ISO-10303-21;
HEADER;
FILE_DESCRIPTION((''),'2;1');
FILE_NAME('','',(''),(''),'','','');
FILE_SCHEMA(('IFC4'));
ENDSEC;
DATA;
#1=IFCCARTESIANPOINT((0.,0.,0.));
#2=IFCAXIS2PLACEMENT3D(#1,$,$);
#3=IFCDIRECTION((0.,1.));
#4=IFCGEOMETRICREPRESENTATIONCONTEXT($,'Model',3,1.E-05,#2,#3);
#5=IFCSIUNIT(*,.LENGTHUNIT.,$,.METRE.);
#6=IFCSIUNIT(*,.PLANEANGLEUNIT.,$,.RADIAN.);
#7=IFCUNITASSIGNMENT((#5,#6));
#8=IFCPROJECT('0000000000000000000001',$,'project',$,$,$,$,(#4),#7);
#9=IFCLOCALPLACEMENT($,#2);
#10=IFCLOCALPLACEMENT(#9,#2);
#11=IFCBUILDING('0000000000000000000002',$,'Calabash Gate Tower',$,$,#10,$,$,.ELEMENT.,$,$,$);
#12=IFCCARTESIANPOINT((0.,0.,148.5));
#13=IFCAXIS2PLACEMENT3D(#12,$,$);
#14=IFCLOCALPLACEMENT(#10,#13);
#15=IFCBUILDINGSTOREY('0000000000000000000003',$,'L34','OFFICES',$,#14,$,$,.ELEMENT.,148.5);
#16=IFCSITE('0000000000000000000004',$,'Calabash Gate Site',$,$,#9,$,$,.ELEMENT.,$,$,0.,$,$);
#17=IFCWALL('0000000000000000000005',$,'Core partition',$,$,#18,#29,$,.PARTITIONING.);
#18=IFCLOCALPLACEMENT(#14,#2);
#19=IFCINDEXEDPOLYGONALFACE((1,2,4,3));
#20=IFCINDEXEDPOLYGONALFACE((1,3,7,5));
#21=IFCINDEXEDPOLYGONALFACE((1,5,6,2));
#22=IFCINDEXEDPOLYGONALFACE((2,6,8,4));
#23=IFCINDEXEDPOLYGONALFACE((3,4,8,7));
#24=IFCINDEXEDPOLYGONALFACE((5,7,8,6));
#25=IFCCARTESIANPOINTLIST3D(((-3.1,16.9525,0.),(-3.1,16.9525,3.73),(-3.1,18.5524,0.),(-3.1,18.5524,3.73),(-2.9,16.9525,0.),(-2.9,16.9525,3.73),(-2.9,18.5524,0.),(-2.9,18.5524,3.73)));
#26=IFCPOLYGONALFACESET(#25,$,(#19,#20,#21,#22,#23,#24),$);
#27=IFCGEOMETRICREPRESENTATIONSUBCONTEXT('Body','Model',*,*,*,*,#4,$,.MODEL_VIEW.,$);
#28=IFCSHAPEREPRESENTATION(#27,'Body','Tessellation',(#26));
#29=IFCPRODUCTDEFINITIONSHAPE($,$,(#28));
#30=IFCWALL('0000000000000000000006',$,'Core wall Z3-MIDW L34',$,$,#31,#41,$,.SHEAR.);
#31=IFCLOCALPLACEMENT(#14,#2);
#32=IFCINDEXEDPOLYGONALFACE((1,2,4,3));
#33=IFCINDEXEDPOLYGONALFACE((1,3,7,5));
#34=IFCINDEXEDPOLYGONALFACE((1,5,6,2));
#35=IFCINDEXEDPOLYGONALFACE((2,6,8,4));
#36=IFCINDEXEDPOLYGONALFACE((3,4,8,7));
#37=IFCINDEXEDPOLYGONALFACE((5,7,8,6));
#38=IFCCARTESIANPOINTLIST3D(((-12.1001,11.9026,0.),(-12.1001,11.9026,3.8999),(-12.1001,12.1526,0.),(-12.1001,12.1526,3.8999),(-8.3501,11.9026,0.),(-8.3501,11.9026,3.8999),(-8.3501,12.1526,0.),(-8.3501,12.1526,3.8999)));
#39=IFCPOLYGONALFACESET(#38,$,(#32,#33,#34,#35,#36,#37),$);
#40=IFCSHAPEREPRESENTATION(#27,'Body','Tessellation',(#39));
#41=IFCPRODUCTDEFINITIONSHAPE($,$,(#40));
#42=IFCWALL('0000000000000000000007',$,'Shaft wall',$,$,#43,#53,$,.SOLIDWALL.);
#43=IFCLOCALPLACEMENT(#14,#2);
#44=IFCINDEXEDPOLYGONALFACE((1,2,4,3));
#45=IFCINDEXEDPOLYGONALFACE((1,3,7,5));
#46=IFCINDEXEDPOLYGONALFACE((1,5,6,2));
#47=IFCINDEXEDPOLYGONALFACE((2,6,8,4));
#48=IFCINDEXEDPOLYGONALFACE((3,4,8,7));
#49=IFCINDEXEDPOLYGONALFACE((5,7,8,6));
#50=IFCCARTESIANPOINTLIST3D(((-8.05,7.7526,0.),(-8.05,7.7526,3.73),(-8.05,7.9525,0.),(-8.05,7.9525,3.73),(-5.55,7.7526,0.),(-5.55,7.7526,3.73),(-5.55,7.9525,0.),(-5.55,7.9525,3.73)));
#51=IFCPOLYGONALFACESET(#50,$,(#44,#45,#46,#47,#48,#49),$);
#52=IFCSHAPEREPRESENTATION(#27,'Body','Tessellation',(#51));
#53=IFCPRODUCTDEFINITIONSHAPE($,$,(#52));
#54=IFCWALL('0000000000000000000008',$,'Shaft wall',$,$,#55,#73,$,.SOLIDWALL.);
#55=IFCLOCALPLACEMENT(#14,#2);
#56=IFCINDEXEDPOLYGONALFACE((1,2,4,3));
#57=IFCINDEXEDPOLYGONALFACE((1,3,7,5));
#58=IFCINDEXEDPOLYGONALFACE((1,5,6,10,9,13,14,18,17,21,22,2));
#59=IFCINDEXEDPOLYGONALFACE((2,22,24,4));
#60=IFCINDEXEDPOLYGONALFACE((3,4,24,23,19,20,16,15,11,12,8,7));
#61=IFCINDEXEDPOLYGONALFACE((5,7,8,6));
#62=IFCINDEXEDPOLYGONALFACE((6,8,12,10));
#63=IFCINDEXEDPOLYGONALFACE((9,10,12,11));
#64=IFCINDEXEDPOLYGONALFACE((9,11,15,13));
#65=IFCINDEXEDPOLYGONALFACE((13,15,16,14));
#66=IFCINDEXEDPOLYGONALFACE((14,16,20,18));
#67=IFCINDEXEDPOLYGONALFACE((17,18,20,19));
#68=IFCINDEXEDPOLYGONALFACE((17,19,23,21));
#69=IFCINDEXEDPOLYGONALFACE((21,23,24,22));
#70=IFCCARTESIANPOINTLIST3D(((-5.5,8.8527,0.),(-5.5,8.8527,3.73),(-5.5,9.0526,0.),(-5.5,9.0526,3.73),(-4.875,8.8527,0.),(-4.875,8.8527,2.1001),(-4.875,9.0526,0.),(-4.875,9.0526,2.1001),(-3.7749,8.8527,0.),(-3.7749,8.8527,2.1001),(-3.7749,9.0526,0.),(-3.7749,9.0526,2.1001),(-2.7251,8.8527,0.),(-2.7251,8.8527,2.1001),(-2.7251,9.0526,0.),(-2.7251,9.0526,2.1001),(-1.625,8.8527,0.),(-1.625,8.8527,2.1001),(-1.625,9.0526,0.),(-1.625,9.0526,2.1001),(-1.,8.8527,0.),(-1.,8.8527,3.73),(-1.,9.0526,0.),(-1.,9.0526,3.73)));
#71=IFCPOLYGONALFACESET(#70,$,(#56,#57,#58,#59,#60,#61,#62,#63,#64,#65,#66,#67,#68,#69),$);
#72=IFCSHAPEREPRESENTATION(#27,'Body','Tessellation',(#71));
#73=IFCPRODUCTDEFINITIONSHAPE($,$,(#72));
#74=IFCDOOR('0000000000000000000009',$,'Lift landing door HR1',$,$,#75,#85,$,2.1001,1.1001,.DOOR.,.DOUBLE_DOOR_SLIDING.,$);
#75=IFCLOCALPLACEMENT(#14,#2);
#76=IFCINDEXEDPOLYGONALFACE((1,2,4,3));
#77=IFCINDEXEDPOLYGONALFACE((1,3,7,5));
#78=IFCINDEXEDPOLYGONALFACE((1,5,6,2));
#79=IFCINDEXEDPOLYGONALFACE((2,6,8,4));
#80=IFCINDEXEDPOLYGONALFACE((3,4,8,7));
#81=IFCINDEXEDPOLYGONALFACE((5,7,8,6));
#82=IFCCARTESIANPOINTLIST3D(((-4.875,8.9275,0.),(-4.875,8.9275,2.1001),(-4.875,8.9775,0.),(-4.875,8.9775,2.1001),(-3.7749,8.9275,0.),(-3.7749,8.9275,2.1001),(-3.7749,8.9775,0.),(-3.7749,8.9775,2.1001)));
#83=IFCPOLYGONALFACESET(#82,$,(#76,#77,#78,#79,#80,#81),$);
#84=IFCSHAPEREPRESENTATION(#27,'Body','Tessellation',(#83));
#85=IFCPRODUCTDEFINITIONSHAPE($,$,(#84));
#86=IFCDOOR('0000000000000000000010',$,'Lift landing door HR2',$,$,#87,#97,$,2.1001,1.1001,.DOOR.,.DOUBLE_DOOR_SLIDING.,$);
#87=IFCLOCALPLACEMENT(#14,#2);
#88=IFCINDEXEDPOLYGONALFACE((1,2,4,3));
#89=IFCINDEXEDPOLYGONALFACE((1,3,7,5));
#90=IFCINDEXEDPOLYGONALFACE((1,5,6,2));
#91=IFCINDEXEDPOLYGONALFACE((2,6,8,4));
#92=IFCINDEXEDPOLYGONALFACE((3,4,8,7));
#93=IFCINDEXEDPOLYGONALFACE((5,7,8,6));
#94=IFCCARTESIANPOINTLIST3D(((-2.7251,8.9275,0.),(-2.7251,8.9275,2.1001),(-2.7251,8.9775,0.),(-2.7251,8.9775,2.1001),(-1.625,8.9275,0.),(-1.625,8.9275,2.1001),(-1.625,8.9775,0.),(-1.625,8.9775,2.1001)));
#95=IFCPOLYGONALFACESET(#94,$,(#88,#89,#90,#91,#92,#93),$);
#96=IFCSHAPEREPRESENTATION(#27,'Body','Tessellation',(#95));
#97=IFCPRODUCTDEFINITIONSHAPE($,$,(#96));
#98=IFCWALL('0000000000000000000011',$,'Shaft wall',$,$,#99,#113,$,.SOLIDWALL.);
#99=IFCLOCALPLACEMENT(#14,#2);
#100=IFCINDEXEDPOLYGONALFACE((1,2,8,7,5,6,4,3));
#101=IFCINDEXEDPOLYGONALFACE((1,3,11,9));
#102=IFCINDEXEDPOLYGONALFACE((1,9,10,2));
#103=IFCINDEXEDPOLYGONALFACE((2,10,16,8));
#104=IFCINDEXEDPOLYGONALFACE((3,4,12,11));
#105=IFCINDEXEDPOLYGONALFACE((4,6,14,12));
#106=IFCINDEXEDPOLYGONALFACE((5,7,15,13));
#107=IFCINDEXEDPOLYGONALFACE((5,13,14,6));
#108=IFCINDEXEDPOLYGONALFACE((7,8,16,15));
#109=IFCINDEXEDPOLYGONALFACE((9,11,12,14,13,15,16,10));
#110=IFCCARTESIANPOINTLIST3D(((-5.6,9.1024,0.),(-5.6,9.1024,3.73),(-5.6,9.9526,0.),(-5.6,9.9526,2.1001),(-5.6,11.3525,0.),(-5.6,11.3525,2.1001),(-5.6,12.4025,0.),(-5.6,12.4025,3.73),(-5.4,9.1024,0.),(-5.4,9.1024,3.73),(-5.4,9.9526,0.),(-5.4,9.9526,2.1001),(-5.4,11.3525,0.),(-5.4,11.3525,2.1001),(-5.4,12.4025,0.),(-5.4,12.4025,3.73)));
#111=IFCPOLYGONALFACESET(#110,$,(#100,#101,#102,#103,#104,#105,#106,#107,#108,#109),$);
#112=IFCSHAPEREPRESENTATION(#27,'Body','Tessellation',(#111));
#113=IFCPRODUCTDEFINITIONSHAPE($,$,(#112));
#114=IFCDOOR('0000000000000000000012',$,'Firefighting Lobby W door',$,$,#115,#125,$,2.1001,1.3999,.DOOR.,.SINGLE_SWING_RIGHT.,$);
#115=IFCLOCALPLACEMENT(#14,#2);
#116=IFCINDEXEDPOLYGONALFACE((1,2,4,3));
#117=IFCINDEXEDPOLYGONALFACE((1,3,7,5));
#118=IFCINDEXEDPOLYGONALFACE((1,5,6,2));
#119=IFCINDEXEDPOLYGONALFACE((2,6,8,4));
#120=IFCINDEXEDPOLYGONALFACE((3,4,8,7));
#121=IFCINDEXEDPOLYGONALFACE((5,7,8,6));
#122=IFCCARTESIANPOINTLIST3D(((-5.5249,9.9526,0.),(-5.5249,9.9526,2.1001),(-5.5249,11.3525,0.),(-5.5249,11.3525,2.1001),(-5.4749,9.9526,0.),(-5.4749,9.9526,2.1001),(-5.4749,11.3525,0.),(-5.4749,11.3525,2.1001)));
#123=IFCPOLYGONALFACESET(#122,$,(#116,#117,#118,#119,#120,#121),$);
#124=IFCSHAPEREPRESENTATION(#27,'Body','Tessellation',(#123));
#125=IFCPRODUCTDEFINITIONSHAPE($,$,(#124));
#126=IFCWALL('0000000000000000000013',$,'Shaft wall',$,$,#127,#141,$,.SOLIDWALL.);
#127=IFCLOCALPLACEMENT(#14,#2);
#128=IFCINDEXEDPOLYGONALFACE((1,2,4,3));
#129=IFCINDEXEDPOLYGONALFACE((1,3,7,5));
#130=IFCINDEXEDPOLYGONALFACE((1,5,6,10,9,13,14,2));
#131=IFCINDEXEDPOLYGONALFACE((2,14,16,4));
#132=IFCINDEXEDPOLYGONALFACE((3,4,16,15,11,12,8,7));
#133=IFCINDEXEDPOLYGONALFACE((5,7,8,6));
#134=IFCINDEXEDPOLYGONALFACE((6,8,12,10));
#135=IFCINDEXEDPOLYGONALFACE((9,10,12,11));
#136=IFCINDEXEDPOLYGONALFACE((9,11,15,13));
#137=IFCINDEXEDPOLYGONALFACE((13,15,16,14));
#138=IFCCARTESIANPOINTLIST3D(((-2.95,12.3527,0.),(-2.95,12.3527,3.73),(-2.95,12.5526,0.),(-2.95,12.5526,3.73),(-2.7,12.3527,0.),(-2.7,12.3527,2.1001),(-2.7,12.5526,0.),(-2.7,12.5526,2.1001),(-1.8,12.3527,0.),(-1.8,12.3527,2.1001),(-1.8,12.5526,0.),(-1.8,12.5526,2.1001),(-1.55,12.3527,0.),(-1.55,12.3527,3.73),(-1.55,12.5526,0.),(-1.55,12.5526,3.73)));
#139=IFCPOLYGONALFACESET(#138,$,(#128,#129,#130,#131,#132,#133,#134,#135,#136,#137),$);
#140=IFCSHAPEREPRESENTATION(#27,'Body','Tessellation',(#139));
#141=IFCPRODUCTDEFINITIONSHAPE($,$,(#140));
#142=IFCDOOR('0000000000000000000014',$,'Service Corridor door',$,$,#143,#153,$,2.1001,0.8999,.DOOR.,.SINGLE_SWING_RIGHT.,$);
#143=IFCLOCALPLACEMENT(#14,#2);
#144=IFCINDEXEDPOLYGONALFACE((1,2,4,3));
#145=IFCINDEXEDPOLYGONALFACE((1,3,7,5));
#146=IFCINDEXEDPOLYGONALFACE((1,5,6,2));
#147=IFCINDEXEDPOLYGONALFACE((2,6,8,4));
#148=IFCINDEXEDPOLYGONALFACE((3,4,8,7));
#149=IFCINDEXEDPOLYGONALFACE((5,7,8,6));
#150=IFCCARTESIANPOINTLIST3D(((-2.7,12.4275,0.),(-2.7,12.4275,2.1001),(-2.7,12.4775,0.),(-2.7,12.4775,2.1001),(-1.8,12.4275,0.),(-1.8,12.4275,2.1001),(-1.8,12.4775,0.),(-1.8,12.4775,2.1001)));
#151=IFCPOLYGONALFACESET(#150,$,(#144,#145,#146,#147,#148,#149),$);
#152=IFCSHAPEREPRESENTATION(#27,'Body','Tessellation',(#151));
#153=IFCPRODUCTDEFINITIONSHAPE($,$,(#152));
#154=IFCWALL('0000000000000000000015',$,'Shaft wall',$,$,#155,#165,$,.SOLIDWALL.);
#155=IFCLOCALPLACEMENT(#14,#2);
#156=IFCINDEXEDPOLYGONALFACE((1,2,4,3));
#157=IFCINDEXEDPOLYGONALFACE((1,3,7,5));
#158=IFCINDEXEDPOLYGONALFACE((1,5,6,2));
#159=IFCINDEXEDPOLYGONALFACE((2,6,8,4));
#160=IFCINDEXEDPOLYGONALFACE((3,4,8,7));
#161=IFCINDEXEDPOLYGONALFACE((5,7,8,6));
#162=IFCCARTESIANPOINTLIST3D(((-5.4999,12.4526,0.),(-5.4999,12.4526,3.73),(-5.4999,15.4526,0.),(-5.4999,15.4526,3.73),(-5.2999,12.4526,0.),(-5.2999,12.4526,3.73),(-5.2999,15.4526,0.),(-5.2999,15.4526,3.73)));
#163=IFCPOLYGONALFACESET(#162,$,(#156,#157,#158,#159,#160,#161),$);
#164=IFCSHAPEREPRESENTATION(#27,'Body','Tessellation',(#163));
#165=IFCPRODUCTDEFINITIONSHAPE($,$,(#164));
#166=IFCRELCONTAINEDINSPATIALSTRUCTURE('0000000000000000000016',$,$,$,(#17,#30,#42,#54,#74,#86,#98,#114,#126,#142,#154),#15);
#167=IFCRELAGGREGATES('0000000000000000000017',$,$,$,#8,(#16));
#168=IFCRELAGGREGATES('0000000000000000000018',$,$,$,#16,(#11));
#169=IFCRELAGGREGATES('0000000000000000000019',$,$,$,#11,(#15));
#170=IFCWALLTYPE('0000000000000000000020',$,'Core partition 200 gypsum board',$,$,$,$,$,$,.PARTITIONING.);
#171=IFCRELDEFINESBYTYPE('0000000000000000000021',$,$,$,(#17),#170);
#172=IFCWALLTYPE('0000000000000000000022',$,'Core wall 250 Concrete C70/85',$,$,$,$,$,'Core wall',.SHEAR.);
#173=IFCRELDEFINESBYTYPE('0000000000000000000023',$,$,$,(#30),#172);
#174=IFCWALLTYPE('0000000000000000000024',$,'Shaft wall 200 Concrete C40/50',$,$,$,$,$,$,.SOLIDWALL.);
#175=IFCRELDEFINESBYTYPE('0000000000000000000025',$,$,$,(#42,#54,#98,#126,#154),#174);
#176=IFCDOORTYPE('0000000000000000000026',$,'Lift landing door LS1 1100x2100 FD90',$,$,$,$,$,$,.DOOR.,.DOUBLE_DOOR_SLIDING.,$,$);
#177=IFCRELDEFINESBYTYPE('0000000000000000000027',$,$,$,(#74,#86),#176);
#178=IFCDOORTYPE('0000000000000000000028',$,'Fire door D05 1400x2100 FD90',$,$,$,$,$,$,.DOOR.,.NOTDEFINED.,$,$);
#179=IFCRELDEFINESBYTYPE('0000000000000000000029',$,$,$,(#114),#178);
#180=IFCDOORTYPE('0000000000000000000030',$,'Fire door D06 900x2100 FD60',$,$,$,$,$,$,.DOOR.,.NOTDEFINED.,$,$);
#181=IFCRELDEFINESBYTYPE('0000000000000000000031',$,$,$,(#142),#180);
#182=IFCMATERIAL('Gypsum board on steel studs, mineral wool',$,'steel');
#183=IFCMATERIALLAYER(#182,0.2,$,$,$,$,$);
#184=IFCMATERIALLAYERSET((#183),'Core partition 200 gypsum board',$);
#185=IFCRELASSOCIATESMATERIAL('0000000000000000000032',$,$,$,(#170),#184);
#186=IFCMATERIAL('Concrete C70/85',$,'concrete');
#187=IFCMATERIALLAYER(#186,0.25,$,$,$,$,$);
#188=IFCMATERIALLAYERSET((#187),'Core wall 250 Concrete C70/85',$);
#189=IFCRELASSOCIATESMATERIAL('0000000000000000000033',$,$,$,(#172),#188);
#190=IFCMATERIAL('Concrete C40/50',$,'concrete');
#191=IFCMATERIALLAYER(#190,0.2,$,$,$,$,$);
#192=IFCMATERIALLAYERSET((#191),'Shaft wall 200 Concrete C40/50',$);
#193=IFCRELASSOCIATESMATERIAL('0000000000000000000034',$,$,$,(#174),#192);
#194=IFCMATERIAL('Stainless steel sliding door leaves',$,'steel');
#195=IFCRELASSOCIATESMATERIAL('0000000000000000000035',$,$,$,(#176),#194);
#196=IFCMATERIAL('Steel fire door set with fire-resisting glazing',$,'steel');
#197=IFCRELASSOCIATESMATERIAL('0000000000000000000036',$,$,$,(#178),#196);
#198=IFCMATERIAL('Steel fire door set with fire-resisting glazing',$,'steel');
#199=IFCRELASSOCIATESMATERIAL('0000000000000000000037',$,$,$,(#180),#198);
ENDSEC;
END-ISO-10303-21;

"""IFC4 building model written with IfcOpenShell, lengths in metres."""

from ifc_helpers import new_model, si_unit, direction, frame, frame_2d, origin, place, context, subcontext, project, spatial, rectangle, extrude, material, layer, layer_set, type_object, element, fill, save


model = new_model("IFC4")

# Units and contexts
model_context = context("Model", 3, precision=1e-05, world=origin(), true_north=direction((0.0, 1.0)))
body_context = subcontext(model_context, "Body", "Model", "MODEL_VIEW")
ifc_project = project(units=[si_unit("LENGTHUNIT", "METRE"), si_unit("PLANEANGLEUNIT", "RADIAN")], contexts=[model_context])

# Site, building, storey
site_placement = place(None, origin())
site = spatial("IfcSite", under=ifc_project, at=site_placement, Name="Calabash Gate Site", CompositionType="ELEMENT", RefElevation=0.0)
building_placement = place(site_placement, origin())
building = spatial("IfcBuilding", under=site, at=building_placement, Name="Calabash Gate Tower", CompositionType="ELEMENT")
storey_placement = place(building_placement, frame((0.0, 0.0, 148.5)))
storey = spatial("IfcBuildingStorey", under=building, at=storey_placement, Name="L34", Description="OFFICES", CompositionType="ELEMENT", Elevation=148.5)

# Walls
ifc_material_1 = material(Name="Gypsum board on steel studs, mineral wool", Category="steel")
ifc_layer_1 = layer(ifc_material_1, 0.2)
ifc_layer_set_1 = layer_set([ifc_layer_1], Name="Core partition 200 gypsum board")
wall_type_1 = type_object("IfcWallType", Name="Core partition 200 gypsum board", PredefinedType="PARTITIONING", material=ifc_layer_set_1)
wall_1_placement = place(storey_placement, frame((-3.0, 16.9526, 0.0), z_axis=(0.0, 0.0, 1.0), x_axis=(0.0, 1.0, 0.0)))
element("IfcWall", 1, at=wall_1_placement, inside=storey, type_object=wall_type_1, Name="Core partition", PredefinedType="PARTITIONING", context=body_context, shape_type="SweptSolid", body=[
    extrude(rectangle(XDim=1.5999, YDim=0.2, at=frame_2d((0.7998, 0.0))), origin(), (0.0, 0.0, 1.0), 3.73),
])
ifc_material_2 = material(Name="Concrete C70/85", Category="concrete")
ifc_layer_2 = layer(ifc_material_2, 0.25)
ifc_layer_set_2 = layer_set([ifc_layer_2], Name="Core wall 250 Concrete C70/85")
wall_type_2 = type_object("IfcWallType", Name="Core wall 250 Concrete C70/85", ElementType="Core wall", PredefinedType="SHEAR", material=ifc_layer_set_2)
wall_2_placement = place(storey_placement, frame((-12.1001, 12.0276, 0.0), z_axis=(0.0, 0.0, 1.0), x_axis=(1.0, 0.0, 0.0)))
element("IfcWall", 2, at=wall_2_placement, inside=storey, type_object=wall_type_2, Name="Core wall Z3-MIDW L34", PredefinedType="SHEAR", context=body_context, shape_type="SweptSolid", body=[
    extrude(rectangle(XDim=3.75, YDim=0.25, at=frame_2d((1.875, 0.0))), origin(), (0.0, 0.0, 1.0), 3.8999),
])
ifc_material_3 = material(Name="Concrete C40/50", Category="concrete")
ifc_layer_3 = layer(ifc_material_3, 0.2)
ifc_layer_set_3 = layer_set([ifc_layer_3], Name="Shaft wall 200 Concrete C40/50")
wall_type_3 = type_object("IfcWallType", Name="Shaft wall 200 Concrete C40/50", PredefinedType="SOLIDWALL", material=ifc_layer_set_3)
wall_3_placement = place(storey_placement, frame((-8.05, 7.8525, 0.0), z_axis=(0.0, 0.0, 1.0), x_axis=(1.0, 0.0, 0.0)))
element("IfcWall", 3, at=wall_3_placement, inside=storey, type_object=wall_type_3, Name="Shaft wall", PredefinedType="SOLIDWALL", context=body_context, shape_type="SweptSolid", body=[
    extrude(rectangle(XDim=2.5, YDim=0.2, at=frame_2d((1.25, 0.0))), origin(), (0.0, 0.0, 1.0), 3.73),
])

# Wall, openings, doors
wall_4_placement = place(storey_placement, frame((-5.5, 8.9526, 0.0), z_axis=(0.0, 0.0, 1.0), x_axis=(1.0, 0.0, 0.0)))
wall_4 = element("IfcWall", 4, at=wall_4_placement, inside=storey, type_object=wall_type_3, Name="Shaft wall", PredefinedType="SOLIDWALL", context=body_context, shape_type="SweptSolid", body=[
    extrude(rectangle(XDim=4.5, YDim=0.2, at=frame_2d((2.25, 0.0))), origin(), (0.0, 0.0, 1.0), 3.73),
])
opening_1_placement = place(wall_4_placement, frame((0.625, 0.0, 0.0)))
opening_1 = element("IfcOpeningElement", 5, at=opening_1_placement, cuts=wall_4, PredefinedType="OPENING", context=body_context, shape_type="SweptSolid", body=[
    extrude(rectangle(XDim=1.1001, YDim=2.1001, at=frame_2d((0.55, 1.05))), frame((0.0, 0.1099, 0.0), z_axis=(0.0, -1.0, 0.0), x_axis=(1.0, 0.0, 0.0)), (0.0, 0.0, 1.0), 0.22),
])
opening_2_placement = place(wall_4_placement, frame((2.7749, 0.0, 0.0)))
opening_2 = element("IfcOpeningElement", 6, at=opening_2_placement, cuts=wall_4, PredefinedType="OPENING", context=body_context, shape_type="SweptSolid", body=[
    extrude(rectangle(XDim=1.1001, YDim=2.1001, at=frame_2d((0.55, 1.05))), frame((0.0, 0.1099, 0.0), z_axis=(0.0, -1.0, 0.0), x_axis=(1.0, 0.0, 0.0)), (0.0, 0.0, 1.0), 0.22),
])
ifc_material_4 = material(Name="Stainless steel sliding door leaves", Category="steel")
door_type_1 = type_object("IfcDoorType", Name="Lift landing door LS1 1100x2100 FD90", OperationType="DOUBLE_DOOR_SLIDING", PredefinedType="DOOR", material=ifc_material_4)
door_1_placement = place(opening_1_placement, origin())
door_1 = element("IfcDoor", 7, at=door_1_placement, inside=storey, type_object=door_type_1, Name="Lift landing door HR1", OperationType="DOUBLE_DOOR_SLIDING", OverallHeight=2.1001, OverallWidth=1.1001, PredefinedType="DOOR", context=body_context, shape_type="SweptSolid", body=[
    extrude(rectangle(XDim=1.1001, YDim=2.1001, at=frame_2d((0.55, 1.05))), frame((0.0, 0.0249, 0.0), z_axis=(0.0, -1.0, 0.0), x_axis=(1.0, 0.0, 0.0)), (0.0, 0.0, 1.0), 0.05),
])
fill(opening_1, door_1)
door_2_placement = place(opening_2_placement, origin())
door_2 = element("IfcDoor", 8, at=door_2_placement, inside=storey, type_object=door_type_1, Name="Lift landing door HR2", OperationType="DOUBLE_DOOR_SLIDING", OverallHeight=2.1001, OverallWidth=1.1001, PredefinedType="DOOR", context=body_context, shape_type="SweptSolid", body=[
    extrude(rectangle(XDim=1.1001, YDim=2.1001, at=frame_2d((0.55, 1.05))), frame((0.0, 0.0249, 0.0), z_axis=(0.0, -1.0, 0.0), x_axis=(1.0, 0.0, 0.0)), (0.0, 0.0, 1.0), 0.05),
])
fill(opening_2, door_2)

# Walls, openings, doors
wall_5_placement = place(storey_placement, frame((-5.5, 9.1025, 0.0), z_axis=(0.0, 0.0, 1.0), x_axis=(0.0, 1.0, 0.0)))
wall_5 = element("IfcWall", 9, at=wall_5_placement, inside=storey, type_object=wall_type_3, Name="Shaft wall", PredefinedType="SOLIDWALL", context=body_context, shape_type="SweptSolid", body=[
    extrude(rectangle(XDim=3.3, YDim=0.2, at=frame_2d((1.6499, 0.0))), origin(), (0.0, 0.0, 1.0), 3.73),
])
opening_3_placement = place(wall_5_placement, frame((0.8501, 0.0, 0.0)))
opening_3 = element("IfcOpeningElement", 10, at=opening_3_placement, cuts=wall_5, PredefinedType="OPENING", context=body_context, shape_type="SweptSolid", body=[
    extrude(rectangle(XDim=1.3999, YDim=2.1001, at=frame_2d((0.7, 1.05))), frame((0.0, 0.1099, 0.0), z_axis=(0.0, -1.0, 0.0), x_axis=(1.0, 0.0, 0.0)), (0.0, 0.0, 1.0), 0.22),
])
ifc_material_5 = material(Name="Steel fire door set with fire-resisting glazing", Category="steel")
door_type_2 = type_object("IfcDoorType", Name="Fire door D05 1400x2100 FD90", OperationType="NOTDEFINED", PredefinedType="DOOR", material=ifc_material_5)
door_3_placement = place(opening_3_placement, origin())
door_3 = element("IfcDoor", 11, at=door_3_placement, inside=storey, type_object=door_type_2, Name="Firefighting Lobby W door", OperationType="SINGLE_SWING_RIGHT", OverallHeight=2.1001, OverallWidth=1.3999, PredefinedType="DOOR", context=body_context, shape_type="SweptSolid", body=[
    extrude(rectangle(XDim=1.3999, YDim=2.1001, at=frame_2d((0.7, 1.05))), frame((0.0, 0.0249, 0.0), z_axis=(0.0, -1.0, 0.0), x_axis=(1.0, 0.0, 0.0)), (0.0, 0.0, 1.0), 0.05),
])
fill(opening_3, door_3)
wall_6_placement = place(storey_placement, frame((-2.95, 12.4526, 0.0), z_axis=(0.0, 0.0, 1.0), x_axis=(1.0, 0.0, 0.0)))
wall_6 = element("IfcWall", 12, at=wall_6_placement, inside=storey, type_object=wall_type_3, Name="Shaft wall", PredefinedType="SOLIDWALL", context=body_context, shape_type="SweptSolid", body=[
    extrude(rectangle(XDim=1.3999, YDim=0.2, at=frame_2d((0.7, 0.0))), origin(), (0.0, 0.0, 1.0), 3.73),
])
opening_4_placement = place(wall_6_placement, frame((0.25, 0.0, 0.0)))
opening_4 = element("IfcOpeningElement", 13, at=opening_4_placement, cuts=wall_6, PredefinedType="OPENING", context=body_context, shape_type="SweptSolid", body=[
    extrude(rectangle(XDim=0.8999, YDim=2.1001, at=frame_2d((0.45, 1.05))), frame((0.0, 0.1099, 0.0), z_axis=(0.0, -1.0, 0.0), x_axis=(1.0, 0.0, 0.0)), (0.0, 0.0, 1.0), 0.22),
])
ifc_material_6 = material(Name="Steel fire door set with fire-resisting glazing", Category="steel")
door_type_3 = type_object("IfcDoorType", Name="Fire door D06 900x2100 FD60", OperationType="NOTDEFINED", PredefinedType="DOOR", material=ifc_material_6)
door_4_placement = place(opening_4_placement, origin())
door_4 = element("IfcDoor", 14, at=door_4_placement, inside=storey, type_object=door_type_3, Name="Service Corridor door", OperationType="SINGLE_SWING_RIGHT", OverallHeight=2.1001, OverallWidth=0.8999, PredefinedType="DOOR", context=body_context, shape_type="SweptSolid", body=[
    extrude(rectangle(XDim=0.8999, YDim=2.1001, at=frame_2d((0.45, 1.05))), frame((0.0, 0.0249, 0.0), z_axis=(0.0, -1.0, 0.0), x_axis=(1.0, 0.0, 0.0)), (0.0, 0.0, 1.0), 0.05),
])
fill(opening_4, door_4)

# Wall
wall_7_placement = place(storey_placement, frame((-5.3999, 12.4526, 0.0), z_axis=(0.0, 0.0, 1.0), x_axis=(0.0, 1.0, 0.0)))
element("IfcWall", 15, at=wall_7_placement, inside=storey, type_object=wall_type_3, Name="Shaft wall", PredefinedType="SOLIDWALL", context=body_context, shape_type="SweptSolid", body=[
    extrude(rectangle(XDim=3.0, YDim=0.2, at=frame_2d((1.5, 0.0))), origin(), (0.0, 0.0, 1.0), 3.73),
])

save(model, "model.ifc")
